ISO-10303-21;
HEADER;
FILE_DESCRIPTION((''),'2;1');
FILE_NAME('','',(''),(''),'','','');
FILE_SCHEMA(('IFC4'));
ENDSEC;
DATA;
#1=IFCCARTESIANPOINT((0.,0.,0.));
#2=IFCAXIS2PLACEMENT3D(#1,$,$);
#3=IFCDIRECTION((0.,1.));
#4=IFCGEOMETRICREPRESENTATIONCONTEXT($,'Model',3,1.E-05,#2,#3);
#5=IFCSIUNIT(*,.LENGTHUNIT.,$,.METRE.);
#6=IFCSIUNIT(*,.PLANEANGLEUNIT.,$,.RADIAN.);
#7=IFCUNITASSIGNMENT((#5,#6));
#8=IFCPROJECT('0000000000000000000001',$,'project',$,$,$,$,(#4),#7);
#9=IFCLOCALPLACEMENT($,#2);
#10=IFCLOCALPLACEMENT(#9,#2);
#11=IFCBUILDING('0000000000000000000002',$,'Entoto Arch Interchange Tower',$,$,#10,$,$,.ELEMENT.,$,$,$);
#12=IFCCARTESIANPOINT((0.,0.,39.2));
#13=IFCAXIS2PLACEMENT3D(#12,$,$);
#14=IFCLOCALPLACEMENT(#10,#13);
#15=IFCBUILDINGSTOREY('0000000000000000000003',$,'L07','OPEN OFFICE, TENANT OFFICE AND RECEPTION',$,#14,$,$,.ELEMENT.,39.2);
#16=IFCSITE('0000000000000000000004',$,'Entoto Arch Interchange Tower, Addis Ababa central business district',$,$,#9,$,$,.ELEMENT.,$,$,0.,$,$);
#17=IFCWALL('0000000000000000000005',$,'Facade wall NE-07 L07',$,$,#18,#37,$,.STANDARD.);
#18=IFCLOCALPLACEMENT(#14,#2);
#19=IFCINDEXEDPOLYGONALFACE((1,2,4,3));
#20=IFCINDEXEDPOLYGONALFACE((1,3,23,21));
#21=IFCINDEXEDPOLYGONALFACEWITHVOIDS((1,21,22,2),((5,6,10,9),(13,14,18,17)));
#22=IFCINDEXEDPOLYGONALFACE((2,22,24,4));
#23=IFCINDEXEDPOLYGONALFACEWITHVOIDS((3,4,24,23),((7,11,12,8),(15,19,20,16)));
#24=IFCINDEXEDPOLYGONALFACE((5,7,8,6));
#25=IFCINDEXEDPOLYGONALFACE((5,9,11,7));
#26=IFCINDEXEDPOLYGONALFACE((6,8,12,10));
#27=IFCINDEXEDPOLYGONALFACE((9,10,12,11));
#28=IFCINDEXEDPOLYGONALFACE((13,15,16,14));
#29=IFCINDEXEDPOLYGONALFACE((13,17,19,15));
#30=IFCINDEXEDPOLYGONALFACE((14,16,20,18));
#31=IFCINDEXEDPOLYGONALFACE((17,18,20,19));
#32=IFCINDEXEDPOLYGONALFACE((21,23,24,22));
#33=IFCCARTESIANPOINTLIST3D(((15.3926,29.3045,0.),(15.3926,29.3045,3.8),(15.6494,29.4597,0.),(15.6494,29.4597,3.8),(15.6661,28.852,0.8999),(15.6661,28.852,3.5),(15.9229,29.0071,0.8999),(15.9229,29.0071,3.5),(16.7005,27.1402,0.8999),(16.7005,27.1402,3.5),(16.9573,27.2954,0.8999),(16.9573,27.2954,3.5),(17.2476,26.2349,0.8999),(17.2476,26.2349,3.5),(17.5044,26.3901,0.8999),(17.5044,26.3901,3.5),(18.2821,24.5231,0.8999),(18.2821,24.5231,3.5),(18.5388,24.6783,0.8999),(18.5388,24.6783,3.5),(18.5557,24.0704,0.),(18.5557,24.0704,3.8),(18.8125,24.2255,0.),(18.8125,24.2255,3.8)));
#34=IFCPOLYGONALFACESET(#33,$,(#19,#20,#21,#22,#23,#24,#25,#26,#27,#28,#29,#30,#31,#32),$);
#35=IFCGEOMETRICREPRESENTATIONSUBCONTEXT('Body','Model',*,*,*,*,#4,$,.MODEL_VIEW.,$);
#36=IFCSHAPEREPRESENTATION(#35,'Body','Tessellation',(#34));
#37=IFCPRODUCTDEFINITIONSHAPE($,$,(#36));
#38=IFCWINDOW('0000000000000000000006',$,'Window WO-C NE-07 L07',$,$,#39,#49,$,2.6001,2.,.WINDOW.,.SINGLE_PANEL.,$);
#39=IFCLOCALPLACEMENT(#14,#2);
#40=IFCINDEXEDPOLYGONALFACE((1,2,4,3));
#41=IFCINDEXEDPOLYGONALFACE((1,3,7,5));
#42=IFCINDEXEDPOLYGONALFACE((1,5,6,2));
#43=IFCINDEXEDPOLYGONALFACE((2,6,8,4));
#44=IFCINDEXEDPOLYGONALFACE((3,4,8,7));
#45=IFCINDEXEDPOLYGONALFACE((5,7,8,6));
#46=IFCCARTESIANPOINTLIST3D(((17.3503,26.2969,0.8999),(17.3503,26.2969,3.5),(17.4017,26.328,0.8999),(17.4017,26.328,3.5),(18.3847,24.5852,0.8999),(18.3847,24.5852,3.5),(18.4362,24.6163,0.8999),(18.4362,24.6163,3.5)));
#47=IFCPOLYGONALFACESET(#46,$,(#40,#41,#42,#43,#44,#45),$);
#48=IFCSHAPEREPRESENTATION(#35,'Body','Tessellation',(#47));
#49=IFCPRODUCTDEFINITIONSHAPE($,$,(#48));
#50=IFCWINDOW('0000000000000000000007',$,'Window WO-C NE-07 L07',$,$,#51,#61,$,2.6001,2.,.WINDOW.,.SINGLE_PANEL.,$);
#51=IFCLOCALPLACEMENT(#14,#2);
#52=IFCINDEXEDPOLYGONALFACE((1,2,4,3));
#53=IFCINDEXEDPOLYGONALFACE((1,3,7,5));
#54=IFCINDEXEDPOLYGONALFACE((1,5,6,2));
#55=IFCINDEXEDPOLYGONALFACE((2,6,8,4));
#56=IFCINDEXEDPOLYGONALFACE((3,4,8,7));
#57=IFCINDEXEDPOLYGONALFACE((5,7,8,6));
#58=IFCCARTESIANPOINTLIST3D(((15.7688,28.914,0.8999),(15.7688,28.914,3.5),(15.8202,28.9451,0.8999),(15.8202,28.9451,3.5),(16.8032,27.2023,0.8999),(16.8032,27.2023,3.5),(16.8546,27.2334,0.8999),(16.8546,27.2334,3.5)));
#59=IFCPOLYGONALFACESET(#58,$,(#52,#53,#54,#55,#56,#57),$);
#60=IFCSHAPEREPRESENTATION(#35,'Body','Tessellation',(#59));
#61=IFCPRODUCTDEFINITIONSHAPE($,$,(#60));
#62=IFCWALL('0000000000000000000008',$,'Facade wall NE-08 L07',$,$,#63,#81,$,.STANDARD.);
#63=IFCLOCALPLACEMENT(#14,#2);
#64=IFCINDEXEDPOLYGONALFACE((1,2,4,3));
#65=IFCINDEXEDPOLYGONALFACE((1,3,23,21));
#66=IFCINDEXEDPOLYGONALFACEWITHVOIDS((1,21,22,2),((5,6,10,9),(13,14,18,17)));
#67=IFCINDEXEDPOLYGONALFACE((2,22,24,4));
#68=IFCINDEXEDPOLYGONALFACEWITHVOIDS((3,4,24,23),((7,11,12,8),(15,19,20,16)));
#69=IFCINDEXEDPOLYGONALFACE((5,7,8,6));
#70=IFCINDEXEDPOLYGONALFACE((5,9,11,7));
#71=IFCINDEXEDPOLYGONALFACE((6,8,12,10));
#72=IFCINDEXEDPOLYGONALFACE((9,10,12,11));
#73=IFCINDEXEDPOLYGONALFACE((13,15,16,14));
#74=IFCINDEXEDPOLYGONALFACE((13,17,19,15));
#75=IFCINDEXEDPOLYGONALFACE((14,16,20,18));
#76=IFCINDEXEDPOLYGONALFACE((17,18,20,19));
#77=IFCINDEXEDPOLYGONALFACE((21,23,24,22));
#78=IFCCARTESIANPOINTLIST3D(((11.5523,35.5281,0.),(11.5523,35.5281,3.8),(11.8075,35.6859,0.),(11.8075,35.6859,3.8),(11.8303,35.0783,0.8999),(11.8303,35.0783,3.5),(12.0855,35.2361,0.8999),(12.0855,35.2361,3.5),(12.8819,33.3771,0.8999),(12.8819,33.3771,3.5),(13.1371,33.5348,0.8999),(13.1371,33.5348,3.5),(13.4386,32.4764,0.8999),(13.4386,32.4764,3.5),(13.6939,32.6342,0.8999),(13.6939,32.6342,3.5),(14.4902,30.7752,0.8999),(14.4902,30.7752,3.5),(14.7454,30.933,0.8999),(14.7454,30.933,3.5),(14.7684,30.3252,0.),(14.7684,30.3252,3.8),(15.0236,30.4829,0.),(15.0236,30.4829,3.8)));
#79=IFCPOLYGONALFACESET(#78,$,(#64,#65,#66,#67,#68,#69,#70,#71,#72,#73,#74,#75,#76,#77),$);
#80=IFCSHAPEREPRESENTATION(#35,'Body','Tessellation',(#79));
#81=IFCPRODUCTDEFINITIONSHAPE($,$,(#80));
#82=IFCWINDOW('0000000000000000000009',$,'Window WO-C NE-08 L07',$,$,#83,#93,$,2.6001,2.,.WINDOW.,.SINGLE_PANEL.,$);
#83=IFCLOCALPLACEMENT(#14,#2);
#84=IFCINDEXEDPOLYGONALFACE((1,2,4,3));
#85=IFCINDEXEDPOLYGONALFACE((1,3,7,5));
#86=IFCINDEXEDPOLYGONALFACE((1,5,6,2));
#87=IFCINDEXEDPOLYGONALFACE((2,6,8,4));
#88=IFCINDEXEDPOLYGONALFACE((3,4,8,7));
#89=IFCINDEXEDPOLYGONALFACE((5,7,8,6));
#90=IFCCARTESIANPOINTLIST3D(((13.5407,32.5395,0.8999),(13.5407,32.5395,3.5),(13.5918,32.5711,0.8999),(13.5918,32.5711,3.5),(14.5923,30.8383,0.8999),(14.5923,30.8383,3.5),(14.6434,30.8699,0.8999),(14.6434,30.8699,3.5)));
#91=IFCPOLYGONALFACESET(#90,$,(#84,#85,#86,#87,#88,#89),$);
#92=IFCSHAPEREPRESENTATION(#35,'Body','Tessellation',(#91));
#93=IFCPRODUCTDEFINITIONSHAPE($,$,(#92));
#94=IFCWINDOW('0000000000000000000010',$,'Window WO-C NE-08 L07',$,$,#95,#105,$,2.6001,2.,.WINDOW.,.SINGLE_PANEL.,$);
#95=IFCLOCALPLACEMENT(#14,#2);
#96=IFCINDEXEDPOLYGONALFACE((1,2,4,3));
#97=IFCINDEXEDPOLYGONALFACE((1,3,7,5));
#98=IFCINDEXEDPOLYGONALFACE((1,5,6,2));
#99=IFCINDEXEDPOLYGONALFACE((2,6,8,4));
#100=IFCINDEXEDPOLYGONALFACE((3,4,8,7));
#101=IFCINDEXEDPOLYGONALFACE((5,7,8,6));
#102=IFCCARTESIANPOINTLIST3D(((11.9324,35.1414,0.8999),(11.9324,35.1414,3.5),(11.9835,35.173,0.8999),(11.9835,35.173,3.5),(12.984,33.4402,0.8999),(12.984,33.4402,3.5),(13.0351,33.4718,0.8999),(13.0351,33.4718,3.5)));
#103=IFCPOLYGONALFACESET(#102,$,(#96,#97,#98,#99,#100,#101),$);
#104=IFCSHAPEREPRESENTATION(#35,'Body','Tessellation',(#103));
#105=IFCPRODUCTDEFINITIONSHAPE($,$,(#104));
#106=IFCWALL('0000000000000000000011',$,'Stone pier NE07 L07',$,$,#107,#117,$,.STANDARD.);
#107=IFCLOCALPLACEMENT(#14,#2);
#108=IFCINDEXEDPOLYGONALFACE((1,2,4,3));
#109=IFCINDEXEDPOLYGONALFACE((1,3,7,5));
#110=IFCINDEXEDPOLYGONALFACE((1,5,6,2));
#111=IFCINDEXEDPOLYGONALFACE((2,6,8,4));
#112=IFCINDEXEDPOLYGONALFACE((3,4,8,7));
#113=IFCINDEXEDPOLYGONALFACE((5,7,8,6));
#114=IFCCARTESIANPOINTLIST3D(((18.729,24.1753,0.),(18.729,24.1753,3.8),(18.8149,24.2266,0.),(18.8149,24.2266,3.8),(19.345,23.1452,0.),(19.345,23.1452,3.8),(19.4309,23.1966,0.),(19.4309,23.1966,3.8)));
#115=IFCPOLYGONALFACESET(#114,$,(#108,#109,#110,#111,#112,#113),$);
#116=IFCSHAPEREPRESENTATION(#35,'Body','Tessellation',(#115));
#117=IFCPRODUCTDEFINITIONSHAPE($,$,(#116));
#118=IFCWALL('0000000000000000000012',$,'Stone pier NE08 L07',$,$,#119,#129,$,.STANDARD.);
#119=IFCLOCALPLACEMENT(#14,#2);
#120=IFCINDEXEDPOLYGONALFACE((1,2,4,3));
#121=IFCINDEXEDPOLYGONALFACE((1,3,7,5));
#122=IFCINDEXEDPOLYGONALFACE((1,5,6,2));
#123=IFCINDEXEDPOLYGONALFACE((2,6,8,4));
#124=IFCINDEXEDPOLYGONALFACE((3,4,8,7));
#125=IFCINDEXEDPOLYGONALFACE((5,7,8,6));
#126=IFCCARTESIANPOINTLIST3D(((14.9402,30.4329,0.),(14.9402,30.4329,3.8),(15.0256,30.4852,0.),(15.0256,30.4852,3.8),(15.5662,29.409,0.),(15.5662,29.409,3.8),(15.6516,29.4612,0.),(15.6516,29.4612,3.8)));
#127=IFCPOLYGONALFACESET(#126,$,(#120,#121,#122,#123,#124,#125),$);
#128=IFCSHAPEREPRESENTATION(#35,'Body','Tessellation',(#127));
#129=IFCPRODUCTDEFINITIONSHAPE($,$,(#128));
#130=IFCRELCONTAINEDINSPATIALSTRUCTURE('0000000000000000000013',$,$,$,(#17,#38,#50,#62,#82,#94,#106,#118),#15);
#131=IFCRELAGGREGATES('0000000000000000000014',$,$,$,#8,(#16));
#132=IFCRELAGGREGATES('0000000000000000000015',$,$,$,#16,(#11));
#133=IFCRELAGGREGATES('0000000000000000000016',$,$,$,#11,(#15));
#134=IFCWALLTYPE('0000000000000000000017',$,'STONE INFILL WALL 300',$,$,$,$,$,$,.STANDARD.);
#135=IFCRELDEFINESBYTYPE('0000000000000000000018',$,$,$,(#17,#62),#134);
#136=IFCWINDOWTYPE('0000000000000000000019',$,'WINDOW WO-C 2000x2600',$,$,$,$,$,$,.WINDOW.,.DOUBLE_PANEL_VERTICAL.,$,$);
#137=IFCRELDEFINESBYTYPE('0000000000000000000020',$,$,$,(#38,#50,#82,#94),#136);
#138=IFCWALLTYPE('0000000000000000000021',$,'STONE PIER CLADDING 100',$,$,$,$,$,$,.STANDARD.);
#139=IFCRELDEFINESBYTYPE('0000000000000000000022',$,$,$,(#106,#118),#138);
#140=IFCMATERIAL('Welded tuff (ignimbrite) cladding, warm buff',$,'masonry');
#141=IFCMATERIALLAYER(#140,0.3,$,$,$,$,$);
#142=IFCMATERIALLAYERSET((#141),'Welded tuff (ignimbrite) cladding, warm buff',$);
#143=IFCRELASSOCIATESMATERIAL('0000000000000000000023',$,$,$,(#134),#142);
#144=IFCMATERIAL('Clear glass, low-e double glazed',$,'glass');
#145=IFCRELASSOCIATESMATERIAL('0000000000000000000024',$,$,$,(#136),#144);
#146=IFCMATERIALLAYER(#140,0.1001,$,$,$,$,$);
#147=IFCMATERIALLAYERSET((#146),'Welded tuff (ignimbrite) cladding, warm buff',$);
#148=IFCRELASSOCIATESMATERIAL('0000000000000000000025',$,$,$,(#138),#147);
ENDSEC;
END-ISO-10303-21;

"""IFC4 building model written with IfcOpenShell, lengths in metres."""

from ifc_helpers import new_model, si_unit, direction, frame, frame_2d, origin, place, context, subcontext, project, spatial, rectangle, extrude, material, layer, layer_set, type_object, element, fill, save


model = new_model("IFC4")

# Units and contexts
model_context = context("Model", 3, precision=1e-05, world=origin(), true_north=direction((0.0, 1.0)))
body_context = subcontext(model_context, "Body", "Model", "MODEL_VIEW")
ifc_project = project(units=[si_unit("LENGTHUNIT", "METRE"), si_unit("PLANEANGLEUNIT", "RADIAN")], contexts=[model_context])

# Site, building, storey
site_placement = place(None, origin())
site = spatial("IfcSite", under=ifc_project, at=site_placement, Name="Entoto Arch Interchange Tower, Addis Ababa central business district", CompositionType="ELEMENT", RefElevation=0.0)
building_placement = place(site_placement, origin())
building = spatial("IfcBuilding", under=site, at=building_placement, Name="Entoto Arch Interchange Tower", CompositionType="ELEMENT")
storey_placement = place(building_placement, frame((0.0, 0.0, 39.2)))
storey = spatial("IfcBuildingStorey", under=building, at=storey_placement, Name="L07", Description="OPEN OFFICE, TENANT OFFICE AND RECEPTION", CompositionType="ELEMENT", Elevation=39.2)

# Walls, openings, windows
ifc_material_1 = material(Name="Welded tuff (ignimbrite) cladding, warm buff", Category="masonry")
ifc_layer_1 = layer(ifc_material_1, 0.3)
ifc_layer_set_1 = layer_set([ifc_layer_1], Name="Welded tuff (ignimbrite) cladding, warm buff")
wall_type_1 = type_object("IfcWallType", Name="STONE INFILL WALL 300", PredefinedType="STANDARD", material=ifc_layer_set_1)
wall_1_placement = place(storey_placement, frame((18.6841, 24.1479, 0.0), z_axis=(0.0, 0.0, 1.0), x_axis=(-0.517211, 0.855858, 0.0)))
wall_1 = element("IfcWall", 1, at=wall_1_placement, inside=storey, type_object=wall_type_1, Name="Facade wall NE-07 L07", PredefinedType="STANDARD", context=body_context, shape_type="SweptSolid", body=[
    extrude(rectangle(XDim=6.1157, YDim=0.3, at=frame_2d((3.0579, 0.0))), origin(), (0.0, 0.0, 1.0), 3.8),
])
opening_1_placement = place(wall_1_placement, frame((0.5291, 0.0, 0.8999)))
opening_1 = element("IfcOpeningElement", 2, at=opening_1_placement, cuts=wall_1, PredefinedType="OPENING", context=body_context, shape_type="SweptSolid", body=[
    extrude(rectangle(XDim=2.0, YDim=2.6001, at=frame_2d((1.0, 1.3))), frame((0.0, 0.1602, 0.0), z_axis=(0.0, -1.0, 0.0), x_axis=(1.0, 0.0, 0.0)), (0.0, 0.0, 1.0), 0.3201),
])
opening_2_placement = place(wall_1_placement, frame((3.5869, 0.0, 0.8999)))
opening_2 = element("IfcOpeningElement", 3, at=opening_2_placement, cuts=wall_1, PredefinedType="OPENING", context=body_context, shape_type="SweptSolid", body=[
    extrude(rectangle(XDim=2.0, YDim=2.6001, at=frame_2d((1.0, 1.3))), frame((0.0, 0.1602, 0.0), z_axis=(0.0, -1.0, 0.0), x_axis=(1.0, 0.0, 0.0)), (0.0, 0.0, 1.0), 0.3201),
])
ifc_material_2 = material(Name="Clear glass, low-e double glazed", Category="glass")
window_type = type_object("IfcWindowType", Name="WINDOW WO-C 2000x2600", PartitioningType="DOUBLE_PANEL_VERTICAL", PredefinedType="WINDOW", material=ifc_material_2)
window_1_placement = place(opening_1_placement, origin())
window_1 = element("IfcWindow", 4, at=window_1_placement, inside=storey, type_object=window_type, Name="Window WO-C NE-07 L07", OverallHeight=2.6001, OverallWidth=2.0, PartitioningType="SINGLE_PANEL", PredefinedType="WINDOW", context=body_context, shape_type="SweptSolid", body=[
    extrude(rectangle(XDim=2.0, YDim=2.6001, at=frame_2d((1.0, 1.3))), frame((0.0, 0.03, 0.0), z_axis=(0.0, -1.0, 0.0), x_axis=(1.0, 0.0, 0.0)), (0.0, 0.0, 1.0), 0.0601),
])
fill(opening_1, window_1)
window_2_placement = place(opening_2_placement, origin())
window_2 = element("IfcWindow", 5, at=window_2_placement, inside=storey, type_object=window_type, Name="Window WO-C NE-07 L07", OverallHeight=2.6001, OverallWidth=2.0, PartitioningType="SINGLE_PANEL", PredefinedType="WINDOW", context=body_context, shape_type="SweptSolid", body=[
    extrude(rectangle(XDim=2.0, YDim=2.6001, at=frame_2d((1.0, 1.3))), frame((0.0, 0.03, 0.0), z_axis=(0.0, -1.0, 0.0), x_axis=(1.0, 0.0, 0.0)), (0.0, 0.0, 1.0), 0.0601),
])
fill(opening_2, window_2)
wall_2_placement = place(storey_placement, frame((14.896, 30.4041, 0.0), z_axis=(0.0, 0.0, 1.0), x_axis=(-0.525791, 0.850614, 0.0)))
wall_2 = element("IfcWall", 6, at=wall_2_placement, inside=storey, type_object=wall_type_1, Name="Facade wall NE-08 L07", PredefinedType="STANDARD", context=body_context, shape_type="SweptSolid", body=[
    extrude(rectangle(XDim=6.1167, YDim=0.3, at=frame_2d((3.0583, 0.0))), origin(), (0.0, 0.0, 1.0), 3.8),
])
opening_3_placement = place(wall_2_placement, frame((0.5291, 0.0, 0.8999)))
opening_3 = element("IfcOpeningElement", 7, at=opening_3_placement, cuts=wall_2, PredefinedType="OPENING", context=body_context, shape_type="SweptSolid", body=[
    extrude(rectangle(XDim=2.0, YDim=2.6001, at=frame_2d((1.0, 1.3))), frame((0.0, 0.1602, 0.0), z_axis=(0.0, -1.0, 0.0), x_axis=(1.0, 0.0, 0.0)), (0.0, 0.0, 1.0), 0.3201),
])
opening_4_placement = place(wall_2_placement, frame((3.5879, 0.0, 0.8999)))
opening_4 = element("IfcOpeningElement", 8, at=opening_4_placement, cuts=wall_2, PredefinedType="OPENING", context=body_context, shape_type="SweptSolid", body=[
    extrude(rectangle(XDim=2.0, YDim=2.6001, at=frame_2d((1.0, 1.3))), frame((0.0, 0.1602, 0.0), z_axis=(0.0, -1.0, 0.0), x_axis=(1.0, 0.0, 0.0)), (0.0, 0.0, 1.0), 0.3201),
])
window_3_placement = place(opening_3_placement, origin())
window_3 = element("IfcWindow", 9, at=window_3_placement, inside=storey, type_object=window_type, Name="Window WO-C NE-08 L07", OverallHeight=2.6001, OverallWidth=2.0, PartitioningType="SINGLE_PANEL", PredefinedType="WINDOW", context=body_context, shape_type="SweptSolid", body=[
    extrude(rectangle(XDim=2.0, YDim=2.6001, at=frame_2d((1.0, 1.3))), frame((0.0, 0.03, 0.0), z_axis=(0.0, -1.0, 0.0), x_axis=(1.0, 0.0, 0.0)), (0.0, 0.0, 1.0), 0.0601),
])
fill(opening_3, window_3)
window_4_placement = place(opening_4_placement, origin())
window_4 = element("IfcWindow", 10, at=window_4_placement, inside=storey, type_object=window_type, Name="Window WO-C NE-08 L07", OverallHeight=2.6001, OverallWidth=2.0, PartitioningType="SINGLE_PANEL", PredefinedType="WINDOW", context=body_context, shape_type="SweptSolid", body=[
    extrude(rectangle(XDim=2.0, YDim=2.6001, at=frame_2d((1.0, 1.3))), frame((0.0, 0.03, 0.0), z_axis=(0.0, -1.0, 0.0), x_axis=(1.0, 0.0, 0.0)), (0.0, 0.0, 1.0), 0.0601),
])
fill(opening_4, window_4)

# Walls
ifc_layer_2 = layer(ifc_material_1, 0.1001)
ifc_layer_set_2 = layer_set([ifc_layer_2], Name="Welded tuff (ignimbrite) cladding, warm buff")
wall_type_2 = type_object("IfcWallType", Name="STONE PIER CLADDING 100", PredefinedType="STANDARD", material=ifc_layer_set_2)
for number, where, z_axis, x_axis, name in (
    (11, (19.3879, 23.1709, 0.0), (0.0, 0.0, 1.0), (-0.513239, 0.858246, 0.0), "Stone pier NE07 L07"),
    (12, (15.6089, 29.4351, 0.0), (0.0, 0.0, 1.0), (-0.521598, 0.853191, 0.0), "Stone pier NE08 L07"),
):
    element("IfcWall", number, at=place(storey_placement, frame(where, z_axis=z_axis, x_axis=x_axis)), inside=storey, type_object=wall_type_2, Name=name, PredefinedType="STANDARD", context=body_context, shape_type="SweptSolid", body=[
        extrude(rectangle(XDim=1.2002, YDim=0.1001, at=frame_2d((0.6001, 0.0))), origin(), (0.0, 0.0, 1.0), 3.8),
    ])

save(model, "model.ifc")
